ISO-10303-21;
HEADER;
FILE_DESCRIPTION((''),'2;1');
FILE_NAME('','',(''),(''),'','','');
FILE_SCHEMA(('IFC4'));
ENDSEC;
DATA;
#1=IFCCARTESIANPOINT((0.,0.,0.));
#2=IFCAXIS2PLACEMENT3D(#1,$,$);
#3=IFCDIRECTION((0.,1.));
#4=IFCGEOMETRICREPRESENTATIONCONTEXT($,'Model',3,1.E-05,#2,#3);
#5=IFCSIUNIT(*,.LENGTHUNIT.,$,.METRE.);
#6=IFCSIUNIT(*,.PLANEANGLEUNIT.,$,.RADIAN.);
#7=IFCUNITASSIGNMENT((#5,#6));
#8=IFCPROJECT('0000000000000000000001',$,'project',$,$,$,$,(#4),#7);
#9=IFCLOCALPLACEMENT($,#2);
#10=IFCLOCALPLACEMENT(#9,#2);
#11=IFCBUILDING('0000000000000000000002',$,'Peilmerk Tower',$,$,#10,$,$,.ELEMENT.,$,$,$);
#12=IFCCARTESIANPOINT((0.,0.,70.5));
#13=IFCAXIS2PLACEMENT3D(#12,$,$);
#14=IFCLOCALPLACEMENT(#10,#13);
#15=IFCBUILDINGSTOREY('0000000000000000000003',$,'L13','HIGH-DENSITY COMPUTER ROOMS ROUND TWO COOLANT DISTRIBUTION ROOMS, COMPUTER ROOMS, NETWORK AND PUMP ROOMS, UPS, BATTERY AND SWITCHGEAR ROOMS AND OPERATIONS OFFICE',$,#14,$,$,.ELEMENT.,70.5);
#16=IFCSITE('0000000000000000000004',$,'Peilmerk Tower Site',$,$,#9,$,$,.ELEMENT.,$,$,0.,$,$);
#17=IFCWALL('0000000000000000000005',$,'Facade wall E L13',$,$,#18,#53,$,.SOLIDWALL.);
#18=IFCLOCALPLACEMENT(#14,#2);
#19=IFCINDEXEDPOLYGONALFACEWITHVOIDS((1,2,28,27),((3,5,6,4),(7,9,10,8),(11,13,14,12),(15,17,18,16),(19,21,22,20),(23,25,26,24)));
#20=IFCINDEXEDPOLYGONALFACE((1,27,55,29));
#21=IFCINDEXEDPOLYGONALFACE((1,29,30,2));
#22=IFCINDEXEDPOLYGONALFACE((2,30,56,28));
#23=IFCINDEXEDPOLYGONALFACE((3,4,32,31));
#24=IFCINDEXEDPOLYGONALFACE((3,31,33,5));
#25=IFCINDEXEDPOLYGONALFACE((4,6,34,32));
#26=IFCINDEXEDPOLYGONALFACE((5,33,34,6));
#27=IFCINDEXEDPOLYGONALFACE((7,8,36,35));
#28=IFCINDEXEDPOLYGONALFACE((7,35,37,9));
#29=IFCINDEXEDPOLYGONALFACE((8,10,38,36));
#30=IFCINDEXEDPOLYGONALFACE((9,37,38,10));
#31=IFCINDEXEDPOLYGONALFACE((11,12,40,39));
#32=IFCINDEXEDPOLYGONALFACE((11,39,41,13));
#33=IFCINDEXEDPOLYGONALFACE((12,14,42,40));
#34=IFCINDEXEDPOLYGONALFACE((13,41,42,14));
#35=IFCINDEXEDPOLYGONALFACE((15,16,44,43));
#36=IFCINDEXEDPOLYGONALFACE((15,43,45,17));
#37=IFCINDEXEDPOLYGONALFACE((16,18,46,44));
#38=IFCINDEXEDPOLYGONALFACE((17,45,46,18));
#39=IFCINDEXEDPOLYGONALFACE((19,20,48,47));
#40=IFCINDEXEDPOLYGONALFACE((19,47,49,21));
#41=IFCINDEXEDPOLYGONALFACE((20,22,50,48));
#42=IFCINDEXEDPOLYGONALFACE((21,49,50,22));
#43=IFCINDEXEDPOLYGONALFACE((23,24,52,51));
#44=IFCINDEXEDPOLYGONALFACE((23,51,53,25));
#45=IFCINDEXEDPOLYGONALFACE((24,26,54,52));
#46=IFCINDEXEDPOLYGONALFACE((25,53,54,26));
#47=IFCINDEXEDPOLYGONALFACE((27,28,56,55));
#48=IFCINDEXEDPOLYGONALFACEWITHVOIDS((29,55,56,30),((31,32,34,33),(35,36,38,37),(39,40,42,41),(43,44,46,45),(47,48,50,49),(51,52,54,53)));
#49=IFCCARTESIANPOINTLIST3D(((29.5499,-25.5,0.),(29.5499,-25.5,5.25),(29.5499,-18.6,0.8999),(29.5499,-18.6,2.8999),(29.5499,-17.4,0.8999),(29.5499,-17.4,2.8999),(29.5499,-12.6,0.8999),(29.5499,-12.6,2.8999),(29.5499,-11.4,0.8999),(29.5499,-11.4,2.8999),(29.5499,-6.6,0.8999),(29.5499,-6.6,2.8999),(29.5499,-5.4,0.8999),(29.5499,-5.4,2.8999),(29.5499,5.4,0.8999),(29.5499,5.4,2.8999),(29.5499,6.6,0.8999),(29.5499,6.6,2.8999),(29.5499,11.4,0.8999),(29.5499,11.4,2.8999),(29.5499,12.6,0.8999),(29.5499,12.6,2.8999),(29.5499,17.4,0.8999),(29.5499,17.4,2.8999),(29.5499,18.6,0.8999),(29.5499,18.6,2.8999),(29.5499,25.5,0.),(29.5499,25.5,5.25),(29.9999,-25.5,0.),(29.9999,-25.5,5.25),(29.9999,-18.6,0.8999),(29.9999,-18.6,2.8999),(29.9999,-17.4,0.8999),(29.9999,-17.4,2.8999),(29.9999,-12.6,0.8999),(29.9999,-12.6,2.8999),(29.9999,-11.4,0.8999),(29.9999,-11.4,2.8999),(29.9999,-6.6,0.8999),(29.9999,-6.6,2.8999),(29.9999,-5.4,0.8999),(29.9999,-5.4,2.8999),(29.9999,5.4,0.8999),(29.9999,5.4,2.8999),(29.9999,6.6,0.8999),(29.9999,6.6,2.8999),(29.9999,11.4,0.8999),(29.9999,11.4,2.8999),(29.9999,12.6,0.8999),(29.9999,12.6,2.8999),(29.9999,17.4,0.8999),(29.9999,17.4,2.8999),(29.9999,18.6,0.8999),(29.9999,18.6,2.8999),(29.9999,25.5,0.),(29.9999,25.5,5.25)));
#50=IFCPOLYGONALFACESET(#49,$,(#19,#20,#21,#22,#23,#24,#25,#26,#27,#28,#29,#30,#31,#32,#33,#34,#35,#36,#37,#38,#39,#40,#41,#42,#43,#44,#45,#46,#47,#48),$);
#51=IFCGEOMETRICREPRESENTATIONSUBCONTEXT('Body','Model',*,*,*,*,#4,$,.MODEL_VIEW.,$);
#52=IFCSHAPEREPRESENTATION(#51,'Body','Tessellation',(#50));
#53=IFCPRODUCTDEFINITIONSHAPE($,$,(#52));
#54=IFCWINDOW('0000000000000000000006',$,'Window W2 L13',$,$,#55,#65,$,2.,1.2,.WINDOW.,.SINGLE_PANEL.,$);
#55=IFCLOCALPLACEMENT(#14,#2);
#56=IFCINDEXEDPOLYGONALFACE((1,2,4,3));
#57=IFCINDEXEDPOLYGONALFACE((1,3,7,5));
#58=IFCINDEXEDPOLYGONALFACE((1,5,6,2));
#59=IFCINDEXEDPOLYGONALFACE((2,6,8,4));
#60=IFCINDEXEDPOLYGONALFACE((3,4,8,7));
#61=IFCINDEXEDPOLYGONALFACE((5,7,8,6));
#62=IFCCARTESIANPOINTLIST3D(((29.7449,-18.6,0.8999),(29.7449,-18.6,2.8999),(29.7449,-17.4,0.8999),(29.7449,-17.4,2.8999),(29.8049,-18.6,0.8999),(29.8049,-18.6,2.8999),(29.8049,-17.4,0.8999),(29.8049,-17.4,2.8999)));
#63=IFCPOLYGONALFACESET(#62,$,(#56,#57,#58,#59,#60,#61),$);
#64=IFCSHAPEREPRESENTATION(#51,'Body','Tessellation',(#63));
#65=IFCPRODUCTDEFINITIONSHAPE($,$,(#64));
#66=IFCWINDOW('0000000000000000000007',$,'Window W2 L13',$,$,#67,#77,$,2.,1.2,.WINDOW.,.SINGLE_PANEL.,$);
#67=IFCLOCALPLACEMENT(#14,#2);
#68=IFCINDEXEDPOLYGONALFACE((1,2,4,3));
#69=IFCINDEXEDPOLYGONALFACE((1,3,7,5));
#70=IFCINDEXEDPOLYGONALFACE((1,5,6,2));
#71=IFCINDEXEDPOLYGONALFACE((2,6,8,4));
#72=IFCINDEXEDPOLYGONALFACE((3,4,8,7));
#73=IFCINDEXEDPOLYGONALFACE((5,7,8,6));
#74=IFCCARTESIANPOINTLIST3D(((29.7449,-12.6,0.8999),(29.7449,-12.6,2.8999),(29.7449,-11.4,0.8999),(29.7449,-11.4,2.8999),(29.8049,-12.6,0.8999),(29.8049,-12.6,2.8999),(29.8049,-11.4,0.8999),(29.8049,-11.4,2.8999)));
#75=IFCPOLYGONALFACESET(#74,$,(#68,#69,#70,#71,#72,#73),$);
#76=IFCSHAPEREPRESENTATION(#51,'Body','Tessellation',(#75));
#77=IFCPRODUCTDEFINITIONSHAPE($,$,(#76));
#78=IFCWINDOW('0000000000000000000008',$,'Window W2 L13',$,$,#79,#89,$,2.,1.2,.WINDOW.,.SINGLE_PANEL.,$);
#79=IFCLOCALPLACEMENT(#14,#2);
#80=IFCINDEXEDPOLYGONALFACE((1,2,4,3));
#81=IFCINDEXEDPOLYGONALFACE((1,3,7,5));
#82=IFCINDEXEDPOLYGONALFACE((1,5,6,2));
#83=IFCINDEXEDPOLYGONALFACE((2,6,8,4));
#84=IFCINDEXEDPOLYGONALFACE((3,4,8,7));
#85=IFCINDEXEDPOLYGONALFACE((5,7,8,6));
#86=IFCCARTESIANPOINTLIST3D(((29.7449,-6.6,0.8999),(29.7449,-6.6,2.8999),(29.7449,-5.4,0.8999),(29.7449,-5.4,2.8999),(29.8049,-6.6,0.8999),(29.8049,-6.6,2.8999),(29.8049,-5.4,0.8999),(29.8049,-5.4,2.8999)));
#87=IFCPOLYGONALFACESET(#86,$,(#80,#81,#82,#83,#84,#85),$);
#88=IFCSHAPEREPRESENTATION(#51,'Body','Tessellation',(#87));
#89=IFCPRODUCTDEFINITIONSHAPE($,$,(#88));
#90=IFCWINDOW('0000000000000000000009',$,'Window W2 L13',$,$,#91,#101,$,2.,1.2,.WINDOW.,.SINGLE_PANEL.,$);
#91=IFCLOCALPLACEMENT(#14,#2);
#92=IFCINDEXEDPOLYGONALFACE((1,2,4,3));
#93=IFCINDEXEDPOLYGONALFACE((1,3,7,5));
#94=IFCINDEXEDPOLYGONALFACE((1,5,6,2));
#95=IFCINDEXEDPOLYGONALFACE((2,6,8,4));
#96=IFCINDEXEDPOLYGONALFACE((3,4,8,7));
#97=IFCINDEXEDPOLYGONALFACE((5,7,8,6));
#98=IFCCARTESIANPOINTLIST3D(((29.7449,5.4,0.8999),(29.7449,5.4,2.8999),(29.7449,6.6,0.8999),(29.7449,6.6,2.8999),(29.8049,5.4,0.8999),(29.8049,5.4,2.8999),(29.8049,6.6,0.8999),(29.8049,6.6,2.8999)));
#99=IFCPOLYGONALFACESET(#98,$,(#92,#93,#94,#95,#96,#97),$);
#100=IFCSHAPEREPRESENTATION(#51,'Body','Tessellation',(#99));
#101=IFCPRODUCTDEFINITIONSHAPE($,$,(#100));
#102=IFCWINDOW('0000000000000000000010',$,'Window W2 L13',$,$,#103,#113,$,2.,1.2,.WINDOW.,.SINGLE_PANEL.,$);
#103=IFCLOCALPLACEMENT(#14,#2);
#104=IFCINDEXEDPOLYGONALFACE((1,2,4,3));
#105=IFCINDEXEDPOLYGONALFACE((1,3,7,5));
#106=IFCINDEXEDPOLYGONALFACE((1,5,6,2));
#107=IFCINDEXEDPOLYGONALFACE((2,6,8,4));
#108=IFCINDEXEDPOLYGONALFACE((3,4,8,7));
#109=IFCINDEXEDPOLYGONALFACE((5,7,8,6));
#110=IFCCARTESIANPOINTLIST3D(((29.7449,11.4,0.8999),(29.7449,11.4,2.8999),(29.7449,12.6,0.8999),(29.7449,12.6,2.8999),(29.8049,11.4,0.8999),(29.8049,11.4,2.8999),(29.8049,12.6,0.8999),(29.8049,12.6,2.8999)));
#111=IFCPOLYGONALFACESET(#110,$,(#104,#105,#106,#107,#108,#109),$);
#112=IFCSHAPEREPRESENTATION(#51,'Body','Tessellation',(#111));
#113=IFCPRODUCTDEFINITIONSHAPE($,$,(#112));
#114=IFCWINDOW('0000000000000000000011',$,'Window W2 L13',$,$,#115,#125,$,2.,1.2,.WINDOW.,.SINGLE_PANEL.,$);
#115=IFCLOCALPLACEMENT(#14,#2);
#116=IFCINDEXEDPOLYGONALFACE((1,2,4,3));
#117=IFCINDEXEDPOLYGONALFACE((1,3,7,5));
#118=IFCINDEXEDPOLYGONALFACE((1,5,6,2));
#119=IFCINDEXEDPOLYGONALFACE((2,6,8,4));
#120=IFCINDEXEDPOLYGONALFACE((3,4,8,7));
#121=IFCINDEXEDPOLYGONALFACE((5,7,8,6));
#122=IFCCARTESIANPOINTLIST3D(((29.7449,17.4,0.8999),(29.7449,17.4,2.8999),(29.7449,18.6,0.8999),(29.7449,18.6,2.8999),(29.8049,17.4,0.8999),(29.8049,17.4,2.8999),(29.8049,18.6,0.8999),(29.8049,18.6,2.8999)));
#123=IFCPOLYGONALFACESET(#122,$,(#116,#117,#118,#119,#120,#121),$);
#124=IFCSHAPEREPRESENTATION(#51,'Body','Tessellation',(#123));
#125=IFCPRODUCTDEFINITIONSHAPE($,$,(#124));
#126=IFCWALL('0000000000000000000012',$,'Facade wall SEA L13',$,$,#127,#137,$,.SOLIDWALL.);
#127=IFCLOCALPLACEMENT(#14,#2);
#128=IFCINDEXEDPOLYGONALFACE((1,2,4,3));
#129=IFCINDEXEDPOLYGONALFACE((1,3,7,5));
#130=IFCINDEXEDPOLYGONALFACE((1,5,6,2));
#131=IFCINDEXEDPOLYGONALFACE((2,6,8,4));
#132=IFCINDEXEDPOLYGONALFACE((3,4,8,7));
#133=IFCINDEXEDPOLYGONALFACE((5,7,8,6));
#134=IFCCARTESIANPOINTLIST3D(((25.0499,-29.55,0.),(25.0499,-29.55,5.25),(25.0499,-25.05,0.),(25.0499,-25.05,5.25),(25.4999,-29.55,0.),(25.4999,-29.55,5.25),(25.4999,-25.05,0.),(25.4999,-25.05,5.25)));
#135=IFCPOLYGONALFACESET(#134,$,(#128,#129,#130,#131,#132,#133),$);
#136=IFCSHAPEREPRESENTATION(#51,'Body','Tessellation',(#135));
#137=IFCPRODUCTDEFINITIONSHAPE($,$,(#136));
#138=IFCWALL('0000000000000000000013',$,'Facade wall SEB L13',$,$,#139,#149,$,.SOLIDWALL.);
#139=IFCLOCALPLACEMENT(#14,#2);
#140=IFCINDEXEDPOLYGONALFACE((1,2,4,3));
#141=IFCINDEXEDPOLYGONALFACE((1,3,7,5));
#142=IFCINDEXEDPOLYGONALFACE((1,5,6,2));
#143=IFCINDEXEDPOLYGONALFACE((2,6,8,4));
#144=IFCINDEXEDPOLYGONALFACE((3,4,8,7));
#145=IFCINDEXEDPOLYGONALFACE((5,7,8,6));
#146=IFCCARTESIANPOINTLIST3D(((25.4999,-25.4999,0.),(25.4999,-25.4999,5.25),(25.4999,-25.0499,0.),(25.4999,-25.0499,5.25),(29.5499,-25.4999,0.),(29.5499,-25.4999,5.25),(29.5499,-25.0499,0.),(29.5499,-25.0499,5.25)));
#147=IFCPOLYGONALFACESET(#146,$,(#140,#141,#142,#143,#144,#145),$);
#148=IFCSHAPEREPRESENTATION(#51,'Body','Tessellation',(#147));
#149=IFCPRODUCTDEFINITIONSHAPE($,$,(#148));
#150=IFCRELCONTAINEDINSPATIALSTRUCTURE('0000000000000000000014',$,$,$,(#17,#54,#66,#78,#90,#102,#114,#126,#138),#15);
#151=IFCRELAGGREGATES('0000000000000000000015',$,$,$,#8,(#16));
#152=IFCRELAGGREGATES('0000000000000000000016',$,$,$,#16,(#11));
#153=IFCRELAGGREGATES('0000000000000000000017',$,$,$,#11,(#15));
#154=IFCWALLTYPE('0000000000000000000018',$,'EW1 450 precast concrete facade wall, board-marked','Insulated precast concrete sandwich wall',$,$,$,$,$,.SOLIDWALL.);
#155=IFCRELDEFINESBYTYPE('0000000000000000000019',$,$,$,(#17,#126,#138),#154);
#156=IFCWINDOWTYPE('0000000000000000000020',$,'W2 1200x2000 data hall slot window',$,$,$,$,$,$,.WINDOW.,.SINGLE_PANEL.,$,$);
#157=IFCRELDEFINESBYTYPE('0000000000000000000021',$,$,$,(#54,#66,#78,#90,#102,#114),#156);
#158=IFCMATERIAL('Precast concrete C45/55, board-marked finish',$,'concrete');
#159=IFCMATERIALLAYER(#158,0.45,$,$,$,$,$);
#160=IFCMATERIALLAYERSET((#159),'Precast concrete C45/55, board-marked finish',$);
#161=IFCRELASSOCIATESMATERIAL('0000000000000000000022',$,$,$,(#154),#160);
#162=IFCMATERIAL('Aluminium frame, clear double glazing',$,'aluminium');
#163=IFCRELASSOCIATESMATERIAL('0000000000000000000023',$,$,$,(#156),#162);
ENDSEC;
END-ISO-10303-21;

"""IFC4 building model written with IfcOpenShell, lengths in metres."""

from ifc_helpers import new_model, si_unit, direction, frame, frame_2d, origin, place, context, subcontext, project, spatial, rectangle, extrude, material, layer, layer_set, type_object, element, fill, save


model = new_model("IFC4")

# Units and contexts
model_context = context("Model", 3, precision=1e-05, world=origin(), true_north=direction((0.0, 1.0)))
body_context = subcontext(model_context, "Body", "Model", "MODEL_VIEW")
ifc_project = project(units=[si_unit("LENGTHUNIT", "METRE"), si_unit("PLANEANGLEUNIT", "RADIAN")], contexts=[model_context])

# Site, building, storey
site_placement = place(None, origin())
site = spatial("IfcSite", under=ifc_project, at=site_placement, Name="Peilmerk Tower Site", CompositionType="ELEMENT", RefElevation=0.0)
building_placement = place(site_placement, origin())
building = spatial("IfcBuilding", under=site, at=building_placement, Name="Peilmerk Tower", CompositionType="ELEMENT")
storey_placement = place(building_placement, frame((0.0, 0.0, 70.5)))
storey = spatial("IfcBuildingStorey", under=building, at=storey_placement, Name="L13", Description="HIGH-DENSITY COMPUTER ROOMS ROUND TWO COOLANT DISTRIBUTION ROOMS, COMPUTER ROOMS, NETWORK AND PUMP ROOMS, UPS, BATTERY AND SWITCHGEAR ROOMS AND OPERATIONS OFFICE", CompositionType="ELEMENT", Elevation=70.5)

# Wall, openings, windows
ifc_material_1 = material(Name="Precast concrete C45/55, board-marked finish", Category="concrete")
ifc_layer = layer(ifc_material_1, 0.45)
ifc_layer_set = layer_set([ifc_layer], Name="Precast concrete C45/55, board-marked finish")
wall_type = type_object("IfcWallType", Name="EW1 450 precast concrete facade wall, board-marked", Description="Insulated precast concrete sandwich wall", PredefinedType="SOLIDWALL", material=ifc_layer_set)
wall_1_placement = place(storey_placement, frame((29.7749, -25.5, 0.0), z_axis=(0.0, 0.0, 1.0), x_axis=(0.0, 1.0, 0.0)))
wall_1 = element("IfcWall", 1, at=wall_1_placement, inside=storey, type_object=wall_type, Name="Facade wall E L13", PredefinedType="SOLIDWALL", context=body_context, shape_type="SweptSolid", body=[
    extrude(rectangle(XDim=51.0, YDim=0.45, at=frame_2d((25.5, 0.0))), origin(), (0.0, 0.0, 1.0), 5.25),
])
opening_1_placement = place(wall_1_placement, frame((6.8999, 0.0, 0.8999)))
opening_1 = element("IfcOpeningElement", 2, at=opening_1_placement, cuts=wall_1, PredefinedType="OPENING", context=body_context, shape_type="SweptSolid", body=[
    extrude(rectangle(XDim=1.2, YDim=2.0, at=frame_2d((0.6001, 1.0))), frame((0.0, 0.2349, 0.0), z_axis=(0.0, -1.0, 0.0), x_axis=(1.0, 0.0, 0.0)), (0.0, 0.0, 1.0), 0.47),
])
opening_2_placement = place(wall_1_placement, frame((12.8999, 0.0, 0.8999)))
opening_2 = element("IfcOpeningElement", 3, at=opening_2_placement, cuts=wall_1, PredefinedType="OPENING", context=body_context, shape_type="SweptSolid", body=[
    extrude(rectangle(XDim=1.2, YDim=2.0, at=frame_2d((0.6001, 1.0))), frame((0.0, 0.2349, 0.0), z_axis=(0.0, -1.0, 0.0), x_axis=(1.0, 0.0, 0.0)), (0.0, 0.0, 1.0), 0.47),
])
opening_3_placement = place(wall_1_placement, frame((18.8999, 0.0, 0.8999)))
opening_3 = element("IfcOpeningElement", 4, at=opening_3_placement, cuts=wall_1, PredefinedType="OPENING", context=body_context, shape_type="SweptSolid", body=[
    extrude(rectangle(XDim=1.2, YDim=2.0, at=frame_2d((0.6001, 1.0))), frame((0.0, 0.2349, 0.0), z_axis=(0.0, -1.0, 0.0), x_axis=(1.0, 0.0, 0.0)), (0.0, 0.0, 1.0), 0.47),
])
opening_4_placement = place(wall_1_placement, frame((30.8999, 0.0, 0.8999)))
opening_4 = element("IfcOpeningElement", 5, at=opening_4_placement, cuts=wall_1, PredefinedType="OPENING", context=body_context, shape_type="SweptSolid", body=[
    extrude(rectangle(XDim=1.2, YDim=2.0, at=frame_2d((0.6001, 1.0))), frame((0.0, 0.2349, 0.0), z_axis=(0.0, -1.0, 0.0), x_axis=(1.0, 0.0, 0.0)), (0.0, 0.0, 1.0), 0.47),
])
opening_5_placement = place(wall_1_placement, frame((36.8999, 0.0, 0.8999)))
opening_5 = element("IfcOpeningElement", 6, at=opening_5_placement, cuts=wall_1, PredefinedType="OPENING", context=body_context, shape_type="SweptSolid", body=[
    extrude(rectangle(XDim=1.2, YDim=2.0, at=frame_2d((0.6001, 1.0))), frame((0.0, 0.2349, 0.0), z_axis=(0.0, -1.0, 0.0), x_axis=(1.0, 0.0, 0.0)), (0.0, 0.0, 1.0), 0.47),
])
opening_6_placement = place(wall_1_placement, frame((42.8999, 0.0, 0.8999)))
opening_6 = element("IfcOpeningElement", 7, at=opening_6_placement, cuts=wall_1, PredefinedType="OPENING", context=body_context, shape_type="SweptSolid", body=[
    extrude(rectangle(XDim=1.2, YDim=2.0, at=frame_2d((0.6001, 1.0))), frame((0.0, 0.2349, 0.0), z_axis=(0.0, -1.0, 0.0), x_axis=(1.0, 0.0, 0.0)), (0.0, 0.0, 1.0), 0.47),
])
ifc_material_2 = material(Name="Aluminium frame, clear double glazing", Category="aluminium")
window_type = type_object("IfcWindowType", Name="W2 1200x2000 data hall slot window", PartitioningType="SINGLE_PANEL", PredefinedType="WINDOW", material=ifc_material_2)
window_1_placement = place(opening_1_placement, origin())
window_1 = element("IfcWindow", 8, at=window_1_placement, inside=storey, type_object=window_type, Name="Window W2 L13", OverallHeight=2.0, OverallWidth=1.2, PartitioningType="SINGLE_PANEL", PredefinedType="WINDOW", context=body_context, shape_type="SweptSolid", body=[
    extrude(rectangle(XDim=1.2, YDim=2.0, at=frame_2d((0.6001, 1.0))), frame((0.0, 0.03, 0.0), z_axis=(0.0, -1.0, 0.0), x_axis=(1.0, 0.0, 0.0)), (0.0, 0.0, 1.0), 0.0601),
])
fill(opening_1, window_1)
window_2_placement = place(opening_2_placement, origin())
window_2 = element("IfcWindow", 9, at=window_2_placement, inside=storey, type_object=window_type, Name="Window W2 L13", OverallHeight=2.0, OverallWidth=1.2, PartitioningType="SINGLE_PANEL", PredefinedType="WINDOW", context=body_context, shape_type="SweptSolid", body=[
    extrude(rectangle(XDim=1.2, YDim=2.0, at=frame_2d((0.6001, 1.0))), frame((0.0, 0.03, 0.0), z_axis=(0.0, -1.0, 0.0), x_axis=(1.0, 0.0, 0.0)), (0.0, 0.0, 1.0), 0.0601),
])
fill(opening_2, window_2)
window_3_placement = place(opening_3_placement, origin())
window_3 = element("IfcWindow", 10, at=window_3_placement, inside=storey, type_object=window_type, Name="Window W2 L13", OverallHeight=2.0, OverallWidth=1.2, PartitioningType="SINGLE_PANEL", PredefinedType="WINDOW", context=body_context, shape_type="SweptSolid", body=[
    extrude(rectangle(XDim=1.2, YDim=2.0, at=frame_2d((0.6001, 1.0))), frame((0.0, 0.03, 0.0), z_axis=(0.0, -1.0, 0.0), x_axis=(1.0, 0.0, 0.0)), (0.0, 0.0, 1.0), 0.0601),
])
fill(opening_3, window_3)
window_4_placement = place(opening_4_placement, origin())
window_4 = element("IfcWindow", 11, at=window_4_placement, inside=storey, type_object=window_type, Name="Window W2 L13", OverallHeight=2.0, OverallWidth=1.2, PartitioningType="SINGLE_PANEL", PredefinedType="WINDOW", context=body_context, shape_type="SweptSolid", body=[
    extrude(rectangle(XDim=1.2, YDim=2.0, at=frame_2d((0.6001, 1.0))), frame((0.0, 0.03, 0.0), z_axis=(0.0, -1.0, 0.0), x_axis=(1.0, 0.0, 0.0)), (0.0, 0.0, 1.0), 0.0601),
])
fill(opening_4, window_4)
window_5_placement = place(opening_5_placement, origin())
window_5 = element("IfcWindow", 12, at=window_5_placement, inside=storey, type_object=window_type, Name="Window W2 L13", OverallHeight=2.0, OverallWidth=1.2, PartitioningType="SINGLE_PANEL", PredefinedType="WINDOW", context=body_context, shape_type="SweptSolid", body=[
    extrude(rectangle(XDim=1.2, YDim=2.0, at=frame_2d((0.6001, 1.0))), frame((0.0, 0.03, 0.0), z_axis=(0.0, -1.0, 0.0), x_axis=(1.0, 0.0, 0.0)), (0.0, 0.0, 1.0), 0.0601),
])
fill(opening_5, window_5)
window_6_placement = place(opening_6_placement, origin())
window_6 = element("IfcWindow", 13, at=window_6_placement, inside=storey, type_object=window_type, Name="Window W2 L13", OverallHeight=2.0, OverallWidth=1.2, PartitioningType="SINGLE_PANEL", PredefinedType="WINDOW", context=body_context, shape_type="SweptSolid", body=[
    extrude(rectangle(XDim=1.2, YDim=2.0, at=frame_2d((0.6001, 1.0))), frame((0.0, 0.03, 0.0), z_axis=(0.0, -1.0, 0.0), x_axis=(1.0, 0.0, 0.0)), (0.0, 0.0, 1.0), 0.0601),
])
fill(opening_6, window_6)

# Walls
wall_2_placement = place(storey_placement, frame((25.2749, -25.05, 0.0), z_axis=(0.0, 0.0, 1.0), x_axis=(0.0, -1.0, 0.0)))
element("IfcWall", 14, at=wall_2_placement, inside=storey, type_object=wall_type, Name="Facade wall SEA L13", PredefinedType="SOLIDWALL", context=body_context, shape_type="SweptSolid", body=[
    extrude(rectangle(XDim=4.5, YDim=0.45, at=frame_2d((2.25, 0.0))), origin(), (0.0, 0.0, 1.0), 5.25),
])
wall_3_placement = place(storey_placement, frame((25.5, -25.2749, 0.0), z_axis=(0.0, 0.0, 1.0), x_axis=(1.0, 0.0, 0.0)))
element("IfcWall", 15, at=wall_3_placement, inside=storey, type_object=wall_type, Name="Facade wall SEB L13", PredefinedType="SOLIDWALL", context=body_context, shape_type="SweptSolid", body=[
    extrude(rectangle(XDim=4.05, YDim=0.45, at=frame_2d((2.0249, 0.0))), origin(), (0.0, 0.0, 1.0), 5.25),
])

save(model, "model.ifc")
